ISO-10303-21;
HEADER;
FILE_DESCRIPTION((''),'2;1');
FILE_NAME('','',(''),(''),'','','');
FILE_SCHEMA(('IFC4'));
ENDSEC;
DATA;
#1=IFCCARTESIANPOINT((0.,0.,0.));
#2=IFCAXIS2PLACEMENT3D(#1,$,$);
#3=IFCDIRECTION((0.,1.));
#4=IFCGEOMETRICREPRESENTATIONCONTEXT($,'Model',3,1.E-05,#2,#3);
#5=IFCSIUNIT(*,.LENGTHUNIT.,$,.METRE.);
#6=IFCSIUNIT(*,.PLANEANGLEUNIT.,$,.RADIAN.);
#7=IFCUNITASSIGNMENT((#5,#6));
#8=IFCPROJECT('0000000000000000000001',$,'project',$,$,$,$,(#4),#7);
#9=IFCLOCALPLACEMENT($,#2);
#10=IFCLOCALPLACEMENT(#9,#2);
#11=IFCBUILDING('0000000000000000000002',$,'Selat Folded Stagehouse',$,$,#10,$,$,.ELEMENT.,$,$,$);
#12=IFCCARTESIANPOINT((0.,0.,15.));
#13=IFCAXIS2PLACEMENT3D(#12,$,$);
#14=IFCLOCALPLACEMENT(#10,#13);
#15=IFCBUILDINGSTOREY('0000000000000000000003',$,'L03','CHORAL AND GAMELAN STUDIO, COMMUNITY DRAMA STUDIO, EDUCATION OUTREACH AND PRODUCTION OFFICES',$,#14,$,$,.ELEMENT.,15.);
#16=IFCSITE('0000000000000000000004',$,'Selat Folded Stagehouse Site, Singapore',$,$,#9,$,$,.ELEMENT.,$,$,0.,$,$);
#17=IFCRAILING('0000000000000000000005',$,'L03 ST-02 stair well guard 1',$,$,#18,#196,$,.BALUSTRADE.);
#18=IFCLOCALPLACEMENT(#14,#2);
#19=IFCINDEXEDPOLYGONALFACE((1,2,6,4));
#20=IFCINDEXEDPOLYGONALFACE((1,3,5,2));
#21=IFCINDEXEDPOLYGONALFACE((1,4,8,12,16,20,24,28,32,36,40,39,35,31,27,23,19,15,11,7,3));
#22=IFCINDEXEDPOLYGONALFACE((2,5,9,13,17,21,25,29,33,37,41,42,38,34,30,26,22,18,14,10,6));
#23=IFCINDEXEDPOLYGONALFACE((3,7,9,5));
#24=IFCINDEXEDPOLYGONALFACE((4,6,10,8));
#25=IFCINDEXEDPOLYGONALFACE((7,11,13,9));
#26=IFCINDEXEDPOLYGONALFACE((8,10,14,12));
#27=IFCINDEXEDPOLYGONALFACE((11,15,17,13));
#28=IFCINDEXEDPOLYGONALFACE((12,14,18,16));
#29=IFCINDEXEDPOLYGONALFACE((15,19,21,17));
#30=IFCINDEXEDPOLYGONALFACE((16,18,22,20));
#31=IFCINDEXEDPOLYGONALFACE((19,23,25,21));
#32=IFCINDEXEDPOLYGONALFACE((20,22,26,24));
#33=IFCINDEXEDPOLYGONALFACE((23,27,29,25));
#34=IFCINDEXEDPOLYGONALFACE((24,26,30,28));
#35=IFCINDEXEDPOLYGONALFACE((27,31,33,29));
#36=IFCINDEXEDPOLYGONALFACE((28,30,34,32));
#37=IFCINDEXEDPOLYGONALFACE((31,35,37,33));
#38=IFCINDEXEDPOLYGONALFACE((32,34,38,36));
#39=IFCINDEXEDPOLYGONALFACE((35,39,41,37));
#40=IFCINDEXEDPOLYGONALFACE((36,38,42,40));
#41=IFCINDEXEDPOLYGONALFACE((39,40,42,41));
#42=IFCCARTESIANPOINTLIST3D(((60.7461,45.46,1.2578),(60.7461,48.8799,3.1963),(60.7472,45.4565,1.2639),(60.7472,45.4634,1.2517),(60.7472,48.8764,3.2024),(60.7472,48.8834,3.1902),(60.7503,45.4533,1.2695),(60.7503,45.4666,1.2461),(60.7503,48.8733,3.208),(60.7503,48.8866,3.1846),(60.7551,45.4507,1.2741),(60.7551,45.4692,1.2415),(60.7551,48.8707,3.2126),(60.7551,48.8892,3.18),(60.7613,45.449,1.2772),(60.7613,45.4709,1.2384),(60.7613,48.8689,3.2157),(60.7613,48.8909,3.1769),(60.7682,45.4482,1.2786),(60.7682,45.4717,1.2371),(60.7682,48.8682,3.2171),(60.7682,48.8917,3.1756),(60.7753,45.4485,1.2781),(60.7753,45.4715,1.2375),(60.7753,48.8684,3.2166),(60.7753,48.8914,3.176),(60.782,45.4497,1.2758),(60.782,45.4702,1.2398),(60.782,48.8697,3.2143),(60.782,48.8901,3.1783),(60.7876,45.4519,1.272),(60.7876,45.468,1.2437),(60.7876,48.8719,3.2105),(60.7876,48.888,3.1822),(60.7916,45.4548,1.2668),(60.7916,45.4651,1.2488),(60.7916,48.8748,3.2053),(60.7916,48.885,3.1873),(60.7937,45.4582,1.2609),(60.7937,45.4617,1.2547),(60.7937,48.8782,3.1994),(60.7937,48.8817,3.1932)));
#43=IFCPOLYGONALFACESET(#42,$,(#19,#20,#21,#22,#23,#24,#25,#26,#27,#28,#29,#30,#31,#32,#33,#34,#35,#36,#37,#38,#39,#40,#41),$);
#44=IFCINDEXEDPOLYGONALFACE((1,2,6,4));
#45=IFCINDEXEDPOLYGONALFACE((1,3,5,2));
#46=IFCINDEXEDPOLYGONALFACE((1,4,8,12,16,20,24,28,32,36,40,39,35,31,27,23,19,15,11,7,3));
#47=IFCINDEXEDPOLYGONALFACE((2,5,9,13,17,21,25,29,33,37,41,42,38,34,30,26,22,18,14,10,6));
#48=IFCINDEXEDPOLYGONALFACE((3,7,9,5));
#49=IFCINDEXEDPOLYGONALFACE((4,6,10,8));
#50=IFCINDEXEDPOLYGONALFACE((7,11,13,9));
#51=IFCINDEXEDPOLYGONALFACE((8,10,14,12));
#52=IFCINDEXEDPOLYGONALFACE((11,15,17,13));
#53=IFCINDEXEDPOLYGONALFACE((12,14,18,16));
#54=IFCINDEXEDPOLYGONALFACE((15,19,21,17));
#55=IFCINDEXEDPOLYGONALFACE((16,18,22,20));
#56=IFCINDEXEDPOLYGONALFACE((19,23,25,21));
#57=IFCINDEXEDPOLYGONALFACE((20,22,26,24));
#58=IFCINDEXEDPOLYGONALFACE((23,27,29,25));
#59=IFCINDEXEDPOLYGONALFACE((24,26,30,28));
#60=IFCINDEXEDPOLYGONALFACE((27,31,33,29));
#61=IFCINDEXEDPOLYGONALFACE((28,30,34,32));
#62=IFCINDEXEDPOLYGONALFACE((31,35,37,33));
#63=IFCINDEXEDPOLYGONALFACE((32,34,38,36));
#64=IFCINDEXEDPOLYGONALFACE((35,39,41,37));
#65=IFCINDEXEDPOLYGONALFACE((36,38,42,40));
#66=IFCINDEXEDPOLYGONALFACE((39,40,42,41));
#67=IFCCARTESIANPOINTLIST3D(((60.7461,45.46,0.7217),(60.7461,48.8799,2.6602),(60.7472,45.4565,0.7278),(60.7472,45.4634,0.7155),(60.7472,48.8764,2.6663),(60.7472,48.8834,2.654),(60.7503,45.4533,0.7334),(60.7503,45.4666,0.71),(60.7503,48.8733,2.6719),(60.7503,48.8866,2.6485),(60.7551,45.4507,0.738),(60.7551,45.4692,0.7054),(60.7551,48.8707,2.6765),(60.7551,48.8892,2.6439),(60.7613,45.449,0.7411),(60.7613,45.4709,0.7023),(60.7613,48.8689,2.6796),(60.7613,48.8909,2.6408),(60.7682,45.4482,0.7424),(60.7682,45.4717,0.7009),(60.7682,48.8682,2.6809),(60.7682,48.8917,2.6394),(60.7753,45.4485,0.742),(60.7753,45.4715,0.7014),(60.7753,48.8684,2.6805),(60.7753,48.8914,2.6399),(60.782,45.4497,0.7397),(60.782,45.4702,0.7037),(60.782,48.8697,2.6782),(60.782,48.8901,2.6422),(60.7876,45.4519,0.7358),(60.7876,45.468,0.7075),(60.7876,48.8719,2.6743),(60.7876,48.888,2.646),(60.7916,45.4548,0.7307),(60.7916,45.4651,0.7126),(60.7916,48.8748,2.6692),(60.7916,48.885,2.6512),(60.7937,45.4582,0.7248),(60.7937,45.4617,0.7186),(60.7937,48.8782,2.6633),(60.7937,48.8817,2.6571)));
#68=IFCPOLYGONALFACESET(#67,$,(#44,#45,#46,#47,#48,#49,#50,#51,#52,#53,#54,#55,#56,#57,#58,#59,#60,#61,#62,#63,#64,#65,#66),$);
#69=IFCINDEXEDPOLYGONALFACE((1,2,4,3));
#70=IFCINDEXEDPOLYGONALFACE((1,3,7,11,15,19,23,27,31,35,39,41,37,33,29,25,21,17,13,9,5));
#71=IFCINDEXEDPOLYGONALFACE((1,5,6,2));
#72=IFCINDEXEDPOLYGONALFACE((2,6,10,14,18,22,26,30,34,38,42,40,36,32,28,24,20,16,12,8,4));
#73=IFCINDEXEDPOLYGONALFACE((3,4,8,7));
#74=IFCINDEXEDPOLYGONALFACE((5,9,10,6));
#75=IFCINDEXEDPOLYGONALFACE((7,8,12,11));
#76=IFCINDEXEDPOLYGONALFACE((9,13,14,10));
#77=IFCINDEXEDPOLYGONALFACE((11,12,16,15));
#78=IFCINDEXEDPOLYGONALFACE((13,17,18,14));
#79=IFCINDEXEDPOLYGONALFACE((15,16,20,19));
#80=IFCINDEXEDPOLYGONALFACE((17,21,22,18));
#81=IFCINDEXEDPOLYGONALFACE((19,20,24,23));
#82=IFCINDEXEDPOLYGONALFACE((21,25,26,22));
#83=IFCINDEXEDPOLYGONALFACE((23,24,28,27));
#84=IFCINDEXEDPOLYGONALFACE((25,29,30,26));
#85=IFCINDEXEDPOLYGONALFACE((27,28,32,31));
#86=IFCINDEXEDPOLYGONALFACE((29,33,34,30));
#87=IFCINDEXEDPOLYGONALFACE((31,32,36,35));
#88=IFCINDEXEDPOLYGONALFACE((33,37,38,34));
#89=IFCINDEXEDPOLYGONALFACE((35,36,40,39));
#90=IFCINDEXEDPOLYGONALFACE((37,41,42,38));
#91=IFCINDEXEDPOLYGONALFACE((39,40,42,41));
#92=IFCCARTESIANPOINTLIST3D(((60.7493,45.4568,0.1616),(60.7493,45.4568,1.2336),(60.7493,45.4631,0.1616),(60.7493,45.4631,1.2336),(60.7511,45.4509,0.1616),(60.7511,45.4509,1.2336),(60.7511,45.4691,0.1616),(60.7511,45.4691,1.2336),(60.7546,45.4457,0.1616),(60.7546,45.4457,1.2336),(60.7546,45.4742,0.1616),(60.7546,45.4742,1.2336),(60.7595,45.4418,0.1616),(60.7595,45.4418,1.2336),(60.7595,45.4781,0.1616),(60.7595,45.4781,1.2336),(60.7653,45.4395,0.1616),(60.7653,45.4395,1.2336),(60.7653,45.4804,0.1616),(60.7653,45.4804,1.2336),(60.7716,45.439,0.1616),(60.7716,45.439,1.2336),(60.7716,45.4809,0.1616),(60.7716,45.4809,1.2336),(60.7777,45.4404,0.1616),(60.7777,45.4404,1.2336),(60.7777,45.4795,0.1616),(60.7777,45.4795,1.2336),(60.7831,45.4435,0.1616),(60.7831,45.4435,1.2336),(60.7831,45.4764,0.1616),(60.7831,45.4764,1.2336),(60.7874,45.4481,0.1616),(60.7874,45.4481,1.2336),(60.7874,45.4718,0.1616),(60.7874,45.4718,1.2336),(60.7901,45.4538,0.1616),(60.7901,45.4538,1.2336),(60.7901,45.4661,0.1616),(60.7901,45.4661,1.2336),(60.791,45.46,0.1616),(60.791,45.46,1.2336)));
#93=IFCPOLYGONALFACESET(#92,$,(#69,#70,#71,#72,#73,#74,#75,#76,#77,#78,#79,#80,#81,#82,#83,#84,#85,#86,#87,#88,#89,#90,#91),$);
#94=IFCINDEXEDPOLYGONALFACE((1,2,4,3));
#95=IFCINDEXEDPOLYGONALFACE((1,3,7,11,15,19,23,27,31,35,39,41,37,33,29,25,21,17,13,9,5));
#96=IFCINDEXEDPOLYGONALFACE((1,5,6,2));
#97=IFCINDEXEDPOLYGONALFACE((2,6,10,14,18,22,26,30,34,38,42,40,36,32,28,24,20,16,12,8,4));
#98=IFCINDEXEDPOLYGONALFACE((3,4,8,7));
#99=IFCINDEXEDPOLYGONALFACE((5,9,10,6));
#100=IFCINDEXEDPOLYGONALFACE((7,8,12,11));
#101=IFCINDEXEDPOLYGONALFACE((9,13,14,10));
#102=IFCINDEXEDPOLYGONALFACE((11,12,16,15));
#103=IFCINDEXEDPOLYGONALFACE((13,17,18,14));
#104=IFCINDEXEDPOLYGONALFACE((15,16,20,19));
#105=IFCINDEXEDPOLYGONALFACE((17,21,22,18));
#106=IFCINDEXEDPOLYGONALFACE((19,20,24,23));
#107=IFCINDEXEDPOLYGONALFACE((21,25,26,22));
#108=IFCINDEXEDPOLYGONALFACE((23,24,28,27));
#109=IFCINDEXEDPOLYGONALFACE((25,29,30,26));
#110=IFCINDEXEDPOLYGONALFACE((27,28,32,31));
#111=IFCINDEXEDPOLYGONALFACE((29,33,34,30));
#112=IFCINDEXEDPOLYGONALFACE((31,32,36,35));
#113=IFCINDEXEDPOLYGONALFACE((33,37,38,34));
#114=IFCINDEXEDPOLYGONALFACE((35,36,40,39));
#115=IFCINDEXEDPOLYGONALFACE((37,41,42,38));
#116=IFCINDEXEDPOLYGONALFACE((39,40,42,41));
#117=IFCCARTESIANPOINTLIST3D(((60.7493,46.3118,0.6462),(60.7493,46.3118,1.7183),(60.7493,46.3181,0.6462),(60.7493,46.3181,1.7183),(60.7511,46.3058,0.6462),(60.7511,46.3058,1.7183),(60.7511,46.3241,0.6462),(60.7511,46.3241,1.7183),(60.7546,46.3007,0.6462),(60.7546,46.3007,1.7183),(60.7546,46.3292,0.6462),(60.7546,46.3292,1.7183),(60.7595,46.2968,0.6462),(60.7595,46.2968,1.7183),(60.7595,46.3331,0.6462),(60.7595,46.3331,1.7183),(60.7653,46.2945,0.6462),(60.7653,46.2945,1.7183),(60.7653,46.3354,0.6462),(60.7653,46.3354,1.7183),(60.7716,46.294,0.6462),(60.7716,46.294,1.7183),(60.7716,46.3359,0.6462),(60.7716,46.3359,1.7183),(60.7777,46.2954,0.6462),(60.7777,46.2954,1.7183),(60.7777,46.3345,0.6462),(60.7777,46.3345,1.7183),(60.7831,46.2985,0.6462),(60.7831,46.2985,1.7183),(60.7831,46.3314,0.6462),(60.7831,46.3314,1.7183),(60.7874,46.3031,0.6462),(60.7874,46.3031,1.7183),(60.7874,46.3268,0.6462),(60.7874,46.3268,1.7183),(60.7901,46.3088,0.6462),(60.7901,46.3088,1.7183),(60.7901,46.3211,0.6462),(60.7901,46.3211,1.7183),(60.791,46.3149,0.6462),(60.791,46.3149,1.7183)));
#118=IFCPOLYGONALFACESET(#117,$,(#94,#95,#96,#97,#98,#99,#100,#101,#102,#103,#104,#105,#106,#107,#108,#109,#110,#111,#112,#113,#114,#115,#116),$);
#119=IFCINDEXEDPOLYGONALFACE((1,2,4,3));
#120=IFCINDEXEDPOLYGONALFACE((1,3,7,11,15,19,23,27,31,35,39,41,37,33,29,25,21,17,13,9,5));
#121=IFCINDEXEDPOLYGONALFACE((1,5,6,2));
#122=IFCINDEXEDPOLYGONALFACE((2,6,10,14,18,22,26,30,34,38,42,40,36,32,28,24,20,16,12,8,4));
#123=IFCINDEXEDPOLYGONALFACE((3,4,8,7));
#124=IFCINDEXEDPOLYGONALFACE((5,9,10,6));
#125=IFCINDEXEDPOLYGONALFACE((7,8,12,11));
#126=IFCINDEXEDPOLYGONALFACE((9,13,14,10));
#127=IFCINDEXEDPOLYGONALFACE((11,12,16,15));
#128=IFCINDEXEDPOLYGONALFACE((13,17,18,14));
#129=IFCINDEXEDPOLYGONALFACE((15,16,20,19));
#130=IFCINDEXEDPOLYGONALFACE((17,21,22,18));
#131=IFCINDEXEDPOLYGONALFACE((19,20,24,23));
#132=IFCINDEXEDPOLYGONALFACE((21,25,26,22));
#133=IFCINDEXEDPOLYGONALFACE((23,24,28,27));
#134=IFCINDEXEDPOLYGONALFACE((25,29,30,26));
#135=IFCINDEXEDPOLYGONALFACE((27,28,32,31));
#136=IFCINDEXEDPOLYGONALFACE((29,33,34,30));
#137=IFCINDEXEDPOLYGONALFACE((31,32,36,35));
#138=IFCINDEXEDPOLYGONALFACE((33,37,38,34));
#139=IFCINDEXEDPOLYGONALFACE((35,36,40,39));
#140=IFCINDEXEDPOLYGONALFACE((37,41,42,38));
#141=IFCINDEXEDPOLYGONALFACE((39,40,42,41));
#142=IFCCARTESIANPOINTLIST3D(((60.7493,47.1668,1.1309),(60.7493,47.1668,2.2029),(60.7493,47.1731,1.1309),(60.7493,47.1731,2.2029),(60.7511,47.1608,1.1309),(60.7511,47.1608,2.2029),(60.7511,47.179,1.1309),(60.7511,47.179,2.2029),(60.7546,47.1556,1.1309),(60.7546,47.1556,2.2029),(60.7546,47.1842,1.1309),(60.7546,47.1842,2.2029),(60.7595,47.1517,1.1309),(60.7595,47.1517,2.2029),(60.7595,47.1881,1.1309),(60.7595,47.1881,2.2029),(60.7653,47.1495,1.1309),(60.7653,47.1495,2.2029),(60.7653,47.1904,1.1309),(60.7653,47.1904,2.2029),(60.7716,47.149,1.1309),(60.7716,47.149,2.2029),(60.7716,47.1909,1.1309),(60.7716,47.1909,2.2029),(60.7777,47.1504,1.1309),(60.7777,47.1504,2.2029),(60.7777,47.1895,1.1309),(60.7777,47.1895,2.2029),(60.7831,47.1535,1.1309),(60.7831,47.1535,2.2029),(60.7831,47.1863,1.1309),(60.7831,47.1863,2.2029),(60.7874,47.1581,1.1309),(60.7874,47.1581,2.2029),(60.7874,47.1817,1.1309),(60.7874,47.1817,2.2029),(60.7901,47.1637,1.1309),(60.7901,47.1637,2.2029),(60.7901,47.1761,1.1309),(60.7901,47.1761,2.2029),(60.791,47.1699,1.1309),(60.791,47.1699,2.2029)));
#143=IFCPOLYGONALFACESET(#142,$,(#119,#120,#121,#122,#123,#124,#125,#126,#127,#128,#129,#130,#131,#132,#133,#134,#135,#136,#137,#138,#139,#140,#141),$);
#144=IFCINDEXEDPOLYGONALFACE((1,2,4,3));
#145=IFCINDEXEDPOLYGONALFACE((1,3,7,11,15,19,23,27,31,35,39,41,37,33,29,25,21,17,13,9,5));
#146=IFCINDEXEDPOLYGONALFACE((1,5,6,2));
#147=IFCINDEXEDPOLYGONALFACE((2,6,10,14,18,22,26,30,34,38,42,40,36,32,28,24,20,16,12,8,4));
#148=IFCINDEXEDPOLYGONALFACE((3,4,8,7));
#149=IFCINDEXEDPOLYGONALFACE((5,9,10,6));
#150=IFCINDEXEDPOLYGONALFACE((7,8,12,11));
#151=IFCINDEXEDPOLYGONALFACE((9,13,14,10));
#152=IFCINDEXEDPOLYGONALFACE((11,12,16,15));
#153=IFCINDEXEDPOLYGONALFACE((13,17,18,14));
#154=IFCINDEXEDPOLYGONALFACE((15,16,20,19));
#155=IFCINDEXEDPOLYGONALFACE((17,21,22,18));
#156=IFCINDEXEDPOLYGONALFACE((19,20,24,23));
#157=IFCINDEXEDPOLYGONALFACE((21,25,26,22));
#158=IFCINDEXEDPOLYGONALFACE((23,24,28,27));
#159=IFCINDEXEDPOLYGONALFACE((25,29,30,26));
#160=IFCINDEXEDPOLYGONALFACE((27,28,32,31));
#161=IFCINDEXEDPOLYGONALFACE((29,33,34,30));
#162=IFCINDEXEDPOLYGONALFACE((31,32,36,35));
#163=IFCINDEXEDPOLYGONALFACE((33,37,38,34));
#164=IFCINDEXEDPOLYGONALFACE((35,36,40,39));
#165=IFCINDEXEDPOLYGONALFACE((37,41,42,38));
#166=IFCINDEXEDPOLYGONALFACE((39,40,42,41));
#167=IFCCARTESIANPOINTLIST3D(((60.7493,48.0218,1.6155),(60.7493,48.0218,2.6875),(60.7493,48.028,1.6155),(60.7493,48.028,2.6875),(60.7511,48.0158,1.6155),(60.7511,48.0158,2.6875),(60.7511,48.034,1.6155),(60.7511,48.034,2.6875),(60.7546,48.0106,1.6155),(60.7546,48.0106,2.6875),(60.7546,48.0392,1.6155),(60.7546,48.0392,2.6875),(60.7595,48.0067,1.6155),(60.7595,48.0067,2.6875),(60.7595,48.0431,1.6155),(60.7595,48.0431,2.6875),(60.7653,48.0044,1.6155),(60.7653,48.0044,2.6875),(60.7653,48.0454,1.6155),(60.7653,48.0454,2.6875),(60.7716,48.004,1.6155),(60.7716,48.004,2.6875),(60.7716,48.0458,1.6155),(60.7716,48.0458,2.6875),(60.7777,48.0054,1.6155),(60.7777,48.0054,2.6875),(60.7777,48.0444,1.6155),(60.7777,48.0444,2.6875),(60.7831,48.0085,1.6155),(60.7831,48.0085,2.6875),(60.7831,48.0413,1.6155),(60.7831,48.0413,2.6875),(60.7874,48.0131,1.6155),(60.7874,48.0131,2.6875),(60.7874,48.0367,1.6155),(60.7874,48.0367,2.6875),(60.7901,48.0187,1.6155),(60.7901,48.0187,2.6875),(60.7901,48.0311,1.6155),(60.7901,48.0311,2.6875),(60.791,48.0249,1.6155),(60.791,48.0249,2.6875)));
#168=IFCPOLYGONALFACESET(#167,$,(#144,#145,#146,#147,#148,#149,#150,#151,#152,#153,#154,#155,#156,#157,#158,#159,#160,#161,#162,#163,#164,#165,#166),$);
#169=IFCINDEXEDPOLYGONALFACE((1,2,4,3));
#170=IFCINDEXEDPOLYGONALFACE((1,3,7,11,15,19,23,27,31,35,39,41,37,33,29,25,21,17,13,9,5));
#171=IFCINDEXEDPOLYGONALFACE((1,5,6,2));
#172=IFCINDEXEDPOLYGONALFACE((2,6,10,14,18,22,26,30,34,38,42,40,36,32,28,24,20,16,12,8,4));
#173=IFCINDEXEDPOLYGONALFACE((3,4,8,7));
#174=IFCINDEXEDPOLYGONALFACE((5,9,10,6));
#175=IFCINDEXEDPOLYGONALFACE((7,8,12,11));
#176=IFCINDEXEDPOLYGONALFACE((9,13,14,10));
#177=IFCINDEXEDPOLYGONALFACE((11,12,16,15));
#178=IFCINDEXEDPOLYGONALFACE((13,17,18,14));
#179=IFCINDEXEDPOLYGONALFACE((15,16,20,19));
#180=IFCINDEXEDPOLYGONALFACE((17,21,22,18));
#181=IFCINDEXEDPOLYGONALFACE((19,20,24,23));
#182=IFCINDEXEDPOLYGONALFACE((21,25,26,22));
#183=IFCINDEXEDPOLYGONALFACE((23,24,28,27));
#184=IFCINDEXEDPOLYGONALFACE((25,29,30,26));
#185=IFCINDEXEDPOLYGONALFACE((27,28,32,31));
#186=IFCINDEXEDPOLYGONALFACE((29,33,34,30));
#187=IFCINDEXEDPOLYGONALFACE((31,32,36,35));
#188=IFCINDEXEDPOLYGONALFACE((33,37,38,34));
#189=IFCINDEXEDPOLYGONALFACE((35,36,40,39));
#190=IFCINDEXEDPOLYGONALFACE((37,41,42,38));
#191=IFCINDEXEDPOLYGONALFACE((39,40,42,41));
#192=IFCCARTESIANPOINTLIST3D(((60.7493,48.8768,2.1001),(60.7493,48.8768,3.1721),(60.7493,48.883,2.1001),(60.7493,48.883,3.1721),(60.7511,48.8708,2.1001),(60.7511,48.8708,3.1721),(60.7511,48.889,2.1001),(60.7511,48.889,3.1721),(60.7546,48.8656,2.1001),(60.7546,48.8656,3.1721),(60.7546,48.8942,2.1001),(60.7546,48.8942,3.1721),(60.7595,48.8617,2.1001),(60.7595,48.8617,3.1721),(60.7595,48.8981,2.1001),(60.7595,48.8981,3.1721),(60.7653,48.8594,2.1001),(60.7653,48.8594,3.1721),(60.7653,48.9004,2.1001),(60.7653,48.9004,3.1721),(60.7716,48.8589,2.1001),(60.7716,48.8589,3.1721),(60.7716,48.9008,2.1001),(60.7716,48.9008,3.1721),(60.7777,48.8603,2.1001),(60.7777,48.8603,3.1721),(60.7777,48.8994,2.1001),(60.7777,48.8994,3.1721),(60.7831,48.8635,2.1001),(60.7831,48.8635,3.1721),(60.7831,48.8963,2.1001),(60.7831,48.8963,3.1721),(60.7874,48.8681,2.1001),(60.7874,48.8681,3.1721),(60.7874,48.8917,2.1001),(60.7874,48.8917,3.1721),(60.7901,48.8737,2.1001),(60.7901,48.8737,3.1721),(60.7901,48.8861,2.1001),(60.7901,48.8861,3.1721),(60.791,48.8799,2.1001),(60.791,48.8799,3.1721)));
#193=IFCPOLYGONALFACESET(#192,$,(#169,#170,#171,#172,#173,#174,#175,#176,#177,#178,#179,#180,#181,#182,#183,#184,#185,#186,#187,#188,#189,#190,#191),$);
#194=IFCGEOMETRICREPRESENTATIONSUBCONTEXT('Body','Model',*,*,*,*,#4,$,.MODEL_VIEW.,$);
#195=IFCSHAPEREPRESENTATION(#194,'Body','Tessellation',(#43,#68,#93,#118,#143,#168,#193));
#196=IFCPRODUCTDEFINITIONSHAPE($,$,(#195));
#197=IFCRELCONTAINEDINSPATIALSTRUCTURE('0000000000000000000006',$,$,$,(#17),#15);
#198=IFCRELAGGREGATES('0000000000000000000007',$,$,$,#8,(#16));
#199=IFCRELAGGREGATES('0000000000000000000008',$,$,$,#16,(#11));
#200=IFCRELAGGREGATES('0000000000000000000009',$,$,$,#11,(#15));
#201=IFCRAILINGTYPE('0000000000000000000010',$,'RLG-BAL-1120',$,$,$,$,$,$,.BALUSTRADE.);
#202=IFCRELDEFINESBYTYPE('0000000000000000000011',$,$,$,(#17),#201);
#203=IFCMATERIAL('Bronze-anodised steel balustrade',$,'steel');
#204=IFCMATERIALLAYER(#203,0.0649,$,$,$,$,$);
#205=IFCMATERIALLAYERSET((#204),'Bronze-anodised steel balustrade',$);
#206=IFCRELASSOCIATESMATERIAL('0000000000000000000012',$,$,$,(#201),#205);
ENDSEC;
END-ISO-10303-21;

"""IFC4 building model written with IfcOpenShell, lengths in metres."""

from ifc_helpers import new_model, si_unit, direction, frame, origin, origin_2d, place, context, subcontext, project, spatial, circle, extrude, material, layer, layer_set, type_object, element, save


model = new_model("IFC4")

# Units and contexts
model_context = context("Model", 3, precision=1e-05, world=origin(), true_north=direction((0.0, 1.0)))
body_context = subcontext(model_context, "Body", "Model", "MODEL_VIEW")
ifc_project = project(units=[si_unit("LENGTHUNIT", "METRE"), si_unit("PLANEANGLEUNIT", "RADIAN")], contexts=[model_context])

# Site, building, storey
site_placement = place(None, origin())
site = spatial("IfcSite", under=ifc_project, at=site_placement, Name="Selat Folded Stagehouse Site, Singapore", CompositionType="ELEMENT", RefElevation=0.0)
building_placement = place(site_placement, origin())
building = spatial("IfcBuilding", under=site, at=building_placement, Name="Selat Folded Stagehouse", CompositionType="ELEMENT")
storey_placement = place(building_placement, frame((0.0, 0.0, 15.0)))
storey = spatial("IfcBuildingStorey", under=building, at=storey_placement, Name="L03", Description="CHORAL AND GAMELAN STUDIO, COMMUNITY DRAMA STUDIO, EDUCATION OUTREACH AND PRODUCTION OFFICES", CompositionType="ELEMENT", Elevation=15.0)

# Railing
ifc_material_1 = material(Name="Bronze-anodised steel balustrade", Category="steel")
ifc_layer_1 = layer(ifc_material_1, 0.0649)
ifc_layer_set_1 = layer_set([ifc_layer_1], Name="Bronze-anodised steel balustrade")
railing_type_1 = type_object("IfcRailingType", Name="RLG-BAL-1120", PredefinedType="BALUSTRADE", material=ifc_layer_set_1)
railing_1_placement = place(storey_placement, frame((60.77, 45.46, 0.1616)))
element("IfcRailing", 1, at=railing_1_placement, inside=storey, type_object=railing_type_1, Name="L03 ST-02 stair well guard 1", PredefinedType="BALUSTRADE", context=body_context, shape_type="SweptSolid", body=[
    extrude(circle(Radius=0.0239, at=origin_2d()), frame((0.0, 0.0, 1.0962), z_axis=(0.0, 0.869965, 0.493113), x_axis=(-1.0, 0.0, 0.0)), (0.0, 0.0, 1.0), 3.9312),
    extrude(circle(Radius=0.0239, at=origin_2d()), frame((0.0, 0.0, 0.5601), z_axis=(0.0, 0.869965, 0.493113), x_axis=(-1.0, 0.0, 0.0)), (0.0, 0.0, 1.0), 3.9312),
    extrude(circle(Radius=0.021, at=origin_2d()), origin(), (0.0, 0.0, 1.0), 1.072),
    extrude(circle(Radius=0.021, at=origin_2d()), frame((0.0, 0.855, 0.4846)), (0.0, 0.0, 1.0), 1.072),
    extrude(circle(Radius=0.021, at=origin_2d()), frame((0.0, 1.71, 0.9692)), (0.0, 0.0, 1.0), 1.072),
    extrude(circle(Radius=0.021, at=origin_2d()), frame((0.0, 2.5649, 1.4539)), (0.0, 0.0, 1.0), 1.072),
    extrude(circle(Radius=0.021, at=origin_2d()), frame((0.0, 3.4199, 1.9385)), (0.0, 0.0, 1.0), 1.072),
])

save(model, "model.ifc")
